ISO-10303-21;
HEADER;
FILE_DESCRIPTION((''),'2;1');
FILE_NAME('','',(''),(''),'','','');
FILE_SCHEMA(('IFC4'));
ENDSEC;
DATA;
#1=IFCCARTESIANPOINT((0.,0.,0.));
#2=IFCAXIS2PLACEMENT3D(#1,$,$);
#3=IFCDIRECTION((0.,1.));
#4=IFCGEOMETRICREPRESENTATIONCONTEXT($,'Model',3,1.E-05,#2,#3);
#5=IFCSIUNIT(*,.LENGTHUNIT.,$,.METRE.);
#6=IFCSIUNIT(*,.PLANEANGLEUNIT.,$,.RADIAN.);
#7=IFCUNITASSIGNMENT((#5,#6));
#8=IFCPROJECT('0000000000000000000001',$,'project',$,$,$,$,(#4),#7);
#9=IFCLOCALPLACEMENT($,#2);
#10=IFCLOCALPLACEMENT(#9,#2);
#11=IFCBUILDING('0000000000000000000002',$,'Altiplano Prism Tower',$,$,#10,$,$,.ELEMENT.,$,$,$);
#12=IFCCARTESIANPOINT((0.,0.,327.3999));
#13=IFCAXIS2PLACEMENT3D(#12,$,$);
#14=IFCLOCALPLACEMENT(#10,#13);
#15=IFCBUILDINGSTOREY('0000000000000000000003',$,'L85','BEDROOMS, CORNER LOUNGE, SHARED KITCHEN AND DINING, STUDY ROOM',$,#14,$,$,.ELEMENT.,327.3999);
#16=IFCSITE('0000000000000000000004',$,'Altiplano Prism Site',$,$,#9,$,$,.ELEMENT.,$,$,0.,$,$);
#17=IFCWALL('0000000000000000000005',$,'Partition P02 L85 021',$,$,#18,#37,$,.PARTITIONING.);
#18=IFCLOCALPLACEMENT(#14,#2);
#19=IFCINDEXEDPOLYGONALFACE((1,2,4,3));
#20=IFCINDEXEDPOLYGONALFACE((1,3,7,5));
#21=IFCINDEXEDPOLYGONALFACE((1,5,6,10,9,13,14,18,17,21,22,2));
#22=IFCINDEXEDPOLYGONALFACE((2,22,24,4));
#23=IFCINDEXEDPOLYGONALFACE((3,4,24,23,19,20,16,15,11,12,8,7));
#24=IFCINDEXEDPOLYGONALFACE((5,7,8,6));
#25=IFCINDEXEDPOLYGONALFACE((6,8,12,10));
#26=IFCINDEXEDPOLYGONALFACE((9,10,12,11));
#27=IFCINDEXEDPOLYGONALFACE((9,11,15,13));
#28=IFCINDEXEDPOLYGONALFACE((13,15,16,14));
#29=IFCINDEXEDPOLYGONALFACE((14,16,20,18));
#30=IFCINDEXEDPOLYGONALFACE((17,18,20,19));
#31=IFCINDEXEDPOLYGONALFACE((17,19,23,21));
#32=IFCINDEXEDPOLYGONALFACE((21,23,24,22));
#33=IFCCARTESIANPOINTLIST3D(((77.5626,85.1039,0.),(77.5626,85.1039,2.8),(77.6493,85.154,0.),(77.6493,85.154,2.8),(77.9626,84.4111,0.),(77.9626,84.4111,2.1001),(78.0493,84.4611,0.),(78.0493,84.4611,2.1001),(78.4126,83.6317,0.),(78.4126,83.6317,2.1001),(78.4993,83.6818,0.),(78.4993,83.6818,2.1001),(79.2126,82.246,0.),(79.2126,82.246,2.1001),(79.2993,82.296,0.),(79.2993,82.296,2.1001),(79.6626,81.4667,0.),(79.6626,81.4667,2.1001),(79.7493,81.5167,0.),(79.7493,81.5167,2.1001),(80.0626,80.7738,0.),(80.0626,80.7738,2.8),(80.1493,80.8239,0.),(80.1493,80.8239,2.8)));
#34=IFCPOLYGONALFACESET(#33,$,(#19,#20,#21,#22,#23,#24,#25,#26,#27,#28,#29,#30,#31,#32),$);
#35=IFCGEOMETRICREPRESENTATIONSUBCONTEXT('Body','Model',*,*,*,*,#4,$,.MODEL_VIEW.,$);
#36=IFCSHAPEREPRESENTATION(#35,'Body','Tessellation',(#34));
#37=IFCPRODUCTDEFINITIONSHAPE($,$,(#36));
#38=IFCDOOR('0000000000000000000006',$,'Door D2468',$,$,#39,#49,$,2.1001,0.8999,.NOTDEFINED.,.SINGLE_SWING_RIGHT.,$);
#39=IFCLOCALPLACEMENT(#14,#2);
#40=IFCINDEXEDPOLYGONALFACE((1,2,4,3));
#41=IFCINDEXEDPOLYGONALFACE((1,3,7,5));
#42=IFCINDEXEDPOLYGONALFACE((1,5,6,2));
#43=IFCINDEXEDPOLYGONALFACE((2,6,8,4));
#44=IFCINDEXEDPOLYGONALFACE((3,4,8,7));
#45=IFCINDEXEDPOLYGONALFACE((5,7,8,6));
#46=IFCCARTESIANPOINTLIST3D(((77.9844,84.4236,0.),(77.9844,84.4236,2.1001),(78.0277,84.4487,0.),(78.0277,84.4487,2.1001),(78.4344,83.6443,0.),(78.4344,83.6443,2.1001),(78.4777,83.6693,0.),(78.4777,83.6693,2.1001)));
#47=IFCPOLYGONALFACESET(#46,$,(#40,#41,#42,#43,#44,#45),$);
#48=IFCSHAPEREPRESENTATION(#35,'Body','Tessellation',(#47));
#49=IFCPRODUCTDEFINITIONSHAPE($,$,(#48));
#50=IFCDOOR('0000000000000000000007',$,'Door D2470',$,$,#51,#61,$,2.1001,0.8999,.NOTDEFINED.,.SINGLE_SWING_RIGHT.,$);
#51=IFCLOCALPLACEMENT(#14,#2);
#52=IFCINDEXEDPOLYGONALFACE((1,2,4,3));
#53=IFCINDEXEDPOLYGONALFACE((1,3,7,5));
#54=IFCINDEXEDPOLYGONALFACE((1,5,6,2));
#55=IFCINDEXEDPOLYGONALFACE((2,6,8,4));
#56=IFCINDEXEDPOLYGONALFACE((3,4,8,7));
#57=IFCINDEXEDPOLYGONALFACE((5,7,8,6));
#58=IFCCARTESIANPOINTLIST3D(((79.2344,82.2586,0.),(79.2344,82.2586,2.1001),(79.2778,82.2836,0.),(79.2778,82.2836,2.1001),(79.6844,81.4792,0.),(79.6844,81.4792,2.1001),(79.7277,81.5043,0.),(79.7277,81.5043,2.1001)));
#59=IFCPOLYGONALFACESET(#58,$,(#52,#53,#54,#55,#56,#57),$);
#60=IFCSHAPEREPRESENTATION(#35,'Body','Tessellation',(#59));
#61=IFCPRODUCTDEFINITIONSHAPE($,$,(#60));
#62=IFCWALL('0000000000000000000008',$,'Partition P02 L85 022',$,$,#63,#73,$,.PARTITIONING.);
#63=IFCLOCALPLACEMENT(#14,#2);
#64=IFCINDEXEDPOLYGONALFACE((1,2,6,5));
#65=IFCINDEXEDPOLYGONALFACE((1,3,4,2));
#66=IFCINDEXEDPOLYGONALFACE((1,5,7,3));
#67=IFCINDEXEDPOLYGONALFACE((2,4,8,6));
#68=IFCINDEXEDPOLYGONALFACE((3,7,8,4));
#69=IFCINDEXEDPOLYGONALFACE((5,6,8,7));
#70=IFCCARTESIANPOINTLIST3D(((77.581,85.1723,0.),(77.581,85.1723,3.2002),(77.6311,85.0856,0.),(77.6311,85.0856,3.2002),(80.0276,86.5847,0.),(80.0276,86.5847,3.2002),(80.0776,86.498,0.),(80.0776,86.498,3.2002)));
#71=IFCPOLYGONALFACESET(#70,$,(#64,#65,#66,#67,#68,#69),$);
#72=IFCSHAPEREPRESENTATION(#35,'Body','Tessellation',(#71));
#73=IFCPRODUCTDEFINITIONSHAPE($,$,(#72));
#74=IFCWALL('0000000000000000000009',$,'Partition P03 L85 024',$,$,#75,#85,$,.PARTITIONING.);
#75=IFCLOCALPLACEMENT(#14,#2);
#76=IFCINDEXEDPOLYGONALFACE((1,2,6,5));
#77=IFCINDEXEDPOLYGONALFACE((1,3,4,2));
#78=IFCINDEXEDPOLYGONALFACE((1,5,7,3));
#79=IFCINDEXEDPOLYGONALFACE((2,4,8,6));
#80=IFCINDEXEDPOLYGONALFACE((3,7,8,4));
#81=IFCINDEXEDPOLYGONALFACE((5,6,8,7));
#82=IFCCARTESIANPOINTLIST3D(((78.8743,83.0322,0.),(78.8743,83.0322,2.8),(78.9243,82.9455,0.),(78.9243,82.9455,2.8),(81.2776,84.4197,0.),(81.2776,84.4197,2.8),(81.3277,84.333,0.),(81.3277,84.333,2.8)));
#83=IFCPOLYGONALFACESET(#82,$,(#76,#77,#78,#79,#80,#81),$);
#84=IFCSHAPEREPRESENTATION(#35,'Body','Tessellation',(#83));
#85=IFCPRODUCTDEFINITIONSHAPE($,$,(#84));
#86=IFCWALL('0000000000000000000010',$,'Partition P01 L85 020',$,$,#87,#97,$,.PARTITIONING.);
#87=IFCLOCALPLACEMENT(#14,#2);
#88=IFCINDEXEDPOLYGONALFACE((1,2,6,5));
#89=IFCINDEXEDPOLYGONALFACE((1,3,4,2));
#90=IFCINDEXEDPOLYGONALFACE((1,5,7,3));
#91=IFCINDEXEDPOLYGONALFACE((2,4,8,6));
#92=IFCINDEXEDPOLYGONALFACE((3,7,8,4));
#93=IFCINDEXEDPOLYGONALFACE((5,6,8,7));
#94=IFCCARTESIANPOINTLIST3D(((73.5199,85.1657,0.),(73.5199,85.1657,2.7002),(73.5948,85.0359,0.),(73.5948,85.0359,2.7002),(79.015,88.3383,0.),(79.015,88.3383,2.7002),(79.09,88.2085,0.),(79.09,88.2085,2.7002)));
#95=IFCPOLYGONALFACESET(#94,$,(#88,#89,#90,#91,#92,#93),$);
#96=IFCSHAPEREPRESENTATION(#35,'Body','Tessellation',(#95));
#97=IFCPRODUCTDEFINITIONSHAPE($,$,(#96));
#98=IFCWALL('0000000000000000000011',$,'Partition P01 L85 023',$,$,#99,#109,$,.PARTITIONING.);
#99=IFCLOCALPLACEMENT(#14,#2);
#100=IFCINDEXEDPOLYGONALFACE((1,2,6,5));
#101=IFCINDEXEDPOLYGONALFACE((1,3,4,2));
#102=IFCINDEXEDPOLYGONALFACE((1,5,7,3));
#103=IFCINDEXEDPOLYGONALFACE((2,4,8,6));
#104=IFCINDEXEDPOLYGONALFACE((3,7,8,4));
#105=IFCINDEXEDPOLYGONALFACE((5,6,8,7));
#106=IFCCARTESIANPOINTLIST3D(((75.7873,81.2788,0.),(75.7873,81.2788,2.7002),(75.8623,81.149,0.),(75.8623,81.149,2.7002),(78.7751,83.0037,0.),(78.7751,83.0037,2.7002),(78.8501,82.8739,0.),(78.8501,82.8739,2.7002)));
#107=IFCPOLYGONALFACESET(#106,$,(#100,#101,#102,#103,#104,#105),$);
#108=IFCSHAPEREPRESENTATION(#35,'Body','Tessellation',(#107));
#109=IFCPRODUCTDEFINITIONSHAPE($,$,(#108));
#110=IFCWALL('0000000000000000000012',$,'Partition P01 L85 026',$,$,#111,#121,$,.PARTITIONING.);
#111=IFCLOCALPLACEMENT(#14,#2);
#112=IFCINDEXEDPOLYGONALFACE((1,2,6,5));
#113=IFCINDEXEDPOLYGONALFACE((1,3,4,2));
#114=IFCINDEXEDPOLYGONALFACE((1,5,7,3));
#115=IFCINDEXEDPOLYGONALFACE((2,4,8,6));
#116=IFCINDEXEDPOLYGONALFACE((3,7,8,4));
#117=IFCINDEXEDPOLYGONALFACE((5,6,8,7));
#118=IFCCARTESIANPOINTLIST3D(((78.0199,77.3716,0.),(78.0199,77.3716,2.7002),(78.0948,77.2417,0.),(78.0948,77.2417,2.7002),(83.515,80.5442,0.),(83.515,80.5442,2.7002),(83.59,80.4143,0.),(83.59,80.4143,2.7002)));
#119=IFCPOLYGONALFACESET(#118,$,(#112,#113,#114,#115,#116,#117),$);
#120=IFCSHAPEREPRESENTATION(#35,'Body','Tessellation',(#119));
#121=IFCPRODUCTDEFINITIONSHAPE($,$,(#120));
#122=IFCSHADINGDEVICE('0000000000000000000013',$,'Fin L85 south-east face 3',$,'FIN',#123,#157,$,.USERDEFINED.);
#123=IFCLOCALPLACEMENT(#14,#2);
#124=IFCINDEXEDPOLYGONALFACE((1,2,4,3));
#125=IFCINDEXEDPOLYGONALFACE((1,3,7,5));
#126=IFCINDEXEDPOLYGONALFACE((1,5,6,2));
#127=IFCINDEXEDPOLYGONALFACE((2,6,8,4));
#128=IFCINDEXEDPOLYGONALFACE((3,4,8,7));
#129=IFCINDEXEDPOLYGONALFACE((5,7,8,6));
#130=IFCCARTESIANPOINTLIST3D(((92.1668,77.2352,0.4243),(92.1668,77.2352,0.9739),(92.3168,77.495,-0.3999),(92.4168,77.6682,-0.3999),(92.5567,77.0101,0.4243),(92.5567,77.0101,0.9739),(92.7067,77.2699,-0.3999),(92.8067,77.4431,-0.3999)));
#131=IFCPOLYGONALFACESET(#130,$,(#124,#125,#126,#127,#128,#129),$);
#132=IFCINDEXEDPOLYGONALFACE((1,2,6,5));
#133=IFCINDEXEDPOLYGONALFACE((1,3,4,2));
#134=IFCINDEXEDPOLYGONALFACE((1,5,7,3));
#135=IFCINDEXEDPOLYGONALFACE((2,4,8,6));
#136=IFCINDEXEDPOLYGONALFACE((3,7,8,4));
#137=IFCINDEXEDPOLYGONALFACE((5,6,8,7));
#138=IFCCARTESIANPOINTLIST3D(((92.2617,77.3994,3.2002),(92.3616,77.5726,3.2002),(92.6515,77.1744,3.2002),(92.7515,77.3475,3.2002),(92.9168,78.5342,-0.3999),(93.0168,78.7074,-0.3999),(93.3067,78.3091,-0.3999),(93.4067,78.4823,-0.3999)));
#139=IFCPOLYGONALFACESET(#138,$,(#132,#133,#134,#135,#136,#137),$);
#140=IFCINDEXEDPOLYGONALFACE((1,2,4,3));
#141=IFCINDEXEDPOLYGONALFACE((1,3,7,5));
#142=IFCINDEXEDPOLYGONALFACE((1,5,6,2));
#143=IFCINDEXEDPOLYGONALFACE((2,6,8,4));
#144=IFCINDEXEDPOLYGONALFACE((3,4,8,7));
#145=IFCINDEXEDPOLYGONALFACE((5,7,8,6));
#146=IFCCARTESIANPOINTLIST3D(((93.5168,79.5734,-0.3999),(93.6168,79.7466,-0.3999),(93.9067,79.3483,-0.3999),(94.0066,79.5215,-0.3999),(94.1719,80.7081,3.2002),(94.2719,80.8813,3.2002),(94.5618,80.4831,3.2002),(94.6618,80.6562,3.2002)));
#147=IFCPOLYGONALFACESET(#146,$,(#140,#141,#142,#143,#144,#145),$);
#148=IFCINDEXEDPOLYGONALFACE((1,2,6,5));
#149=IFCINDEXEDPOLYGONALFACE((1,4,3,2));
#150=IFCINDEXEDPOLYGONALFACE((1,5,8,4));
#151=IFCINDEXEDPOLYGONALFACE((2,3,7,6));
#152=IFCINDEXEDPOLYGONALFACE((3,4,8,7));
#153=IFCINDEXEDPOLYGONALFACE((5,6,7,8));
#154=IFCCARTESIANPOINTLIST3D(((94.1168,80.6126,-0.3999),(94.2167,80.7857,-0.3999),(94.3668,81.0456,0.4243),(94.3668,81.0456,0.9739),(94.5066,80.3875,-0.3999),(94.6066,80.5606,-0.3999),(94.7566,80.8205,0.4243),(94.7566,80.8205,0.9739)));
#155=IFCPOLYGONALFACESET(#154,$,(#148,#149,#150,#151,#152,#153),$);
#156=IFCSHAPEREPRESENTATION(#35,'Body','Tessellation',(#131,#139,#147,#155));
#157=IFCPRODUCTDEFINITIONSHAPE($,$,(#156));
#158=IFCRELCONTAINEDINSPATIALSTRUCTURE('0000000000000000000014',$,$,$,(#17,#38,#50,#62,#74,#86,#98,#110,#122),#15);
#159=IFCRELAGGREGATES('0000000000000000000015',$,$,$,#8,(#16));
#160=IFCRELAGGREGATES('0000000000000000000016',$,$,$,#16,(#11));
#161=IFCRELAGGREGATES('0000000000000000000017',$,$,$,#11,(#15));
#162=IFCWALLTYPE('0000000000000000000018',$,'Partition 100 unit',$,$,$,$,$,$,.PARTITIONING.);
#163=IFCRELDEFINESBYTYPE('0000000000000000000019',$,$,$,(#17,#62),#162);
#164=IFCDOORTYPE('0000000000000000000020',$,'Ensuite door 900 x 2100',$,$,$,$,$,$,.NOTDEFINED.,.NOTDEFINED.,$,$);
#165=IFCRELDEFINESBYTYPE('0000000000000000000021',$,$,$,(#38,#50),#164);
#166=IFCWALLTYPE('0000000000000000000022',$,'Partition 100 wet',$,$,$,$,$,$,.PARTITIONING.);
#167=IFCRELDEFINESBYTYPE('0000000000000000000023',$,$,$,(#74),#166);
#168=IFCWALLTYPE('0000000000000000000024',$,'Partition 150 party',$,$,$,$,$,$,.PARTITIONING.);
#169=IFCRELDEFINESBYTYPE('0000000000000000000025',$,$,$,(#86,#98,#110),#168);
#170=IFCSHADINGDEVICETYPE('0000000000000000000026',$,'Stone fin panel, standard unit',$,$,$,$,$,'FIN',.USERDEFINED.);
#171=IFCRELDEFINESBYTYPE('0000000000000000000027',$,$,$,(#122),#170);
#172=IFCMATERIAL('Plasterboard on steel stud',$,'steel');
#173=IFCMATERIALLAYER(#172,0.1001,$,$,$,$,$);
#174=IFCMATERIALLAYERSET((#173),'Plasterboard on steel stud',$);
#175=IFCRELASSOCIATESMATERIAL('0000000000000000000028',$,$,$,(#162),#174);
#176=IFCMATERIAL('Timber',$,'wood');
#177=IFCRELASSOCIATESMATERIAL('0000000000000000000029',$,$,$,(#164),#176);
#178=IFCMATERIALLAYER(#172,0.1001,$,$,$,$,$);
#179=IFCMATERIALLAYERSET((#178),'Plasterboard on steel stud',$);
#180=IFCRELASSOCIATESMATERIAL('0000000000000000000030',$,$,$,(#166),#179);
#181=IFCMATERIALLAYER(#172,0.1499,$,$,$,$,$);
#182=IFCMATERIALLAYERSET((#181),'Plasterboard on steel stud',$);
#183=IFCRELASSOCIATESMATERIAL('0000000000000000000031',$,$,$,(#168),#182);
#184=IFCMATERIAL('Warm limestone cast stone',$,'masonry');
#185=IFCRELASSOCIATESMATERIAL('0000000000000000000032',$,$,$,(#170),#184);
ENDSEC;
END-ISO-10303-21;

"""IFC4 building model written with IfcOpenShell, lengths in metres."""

from ifc_helpers import new_model, si_unit, direction, frame, frame_2d, origin, place, context, subcontext, project, spatial, polyline, rectangle, outline, extrude, source, transform, mapped, material, layer, layer_set, type_object, element, fill, save


model = new_model("IFC4")

# Units and contexts
model_context = context("Model", 3, precision=1e-05, world=origin(), true_north=direction((0.0, 1.0)))
body_context = subcontext(model_context, "Body", "Model", "MODEL_VIEW")
ifc_project = project(units=[si_unit("LENGTHUNIT", "METRE"), si_unit("PLANEANGLEUNIT", "RADIAN")], contexts=[model_context])

# Site, building, storey
site_placement = place(None, origin())
site = spatial("IfcSite", under=ifc_project, at=site_placement, Name="Altiplano Prism Site", CompositionType="ELEMENT", RefElevation=0.0)
building_placement = place(site_placement, origin())
building = spatial("IfcBuilding", under=site, at=building_placement, Name="Altiplano Prism Tower", CompositionType="ELEMENT")
storey_placement = place(building_placement, frame((0.0, 0.0, 327.3999)))
storey = spatial("IfcBuildingStorey", under=building, at=storey_placement, Name="L85", Description="BEDROOMS, CORNER LOUNGE, SHARED KITCHEN AND DINING, STUDY ROOM", CompositionType="ELEMENT", Elevation=327.3999)

# Wall, openings, doors
ifc_material_1 = material(Name="Plasterboard on steel stud", Category="steel")
ifc_layer_1 = layer(ifc_material_1, 0.1001)
ifc_layer_set_1 = layer_set([ifc_layer_1], Name="Plasterboard on steel stud")
wall_type_1 = type_object("IfcWallType", Name="Partition 100 unit", PredefinedType="PARTITIONING", material=ifc_layer_set_1)
wall_1_placement = place(storey_placement, frame((80.106, 80.7988, 0.0), z_axis=(0.0, 0.0, 1.0), x_axis=(-0.500004, 0.866023, 0.0)))
wall_1 = element("IfcWall", 1, at=wall_1_placement, inside=storey, type_object=wall_type_1, Name="Partition P02 L85 021", PredefinedType="PARTITIONING", context=body_context, shape_type="SweptSolid", body=[
    extrude(rectangle(XDim=5.0, YDim=0.1001, at=frame_2d((2.5, 0.0))), origin(), (0.0, 0.0, 1.0), 2.8),
])
opening_1_placement = place(wall_1_placement, frame((3.3, 0.0, 0.0)))
opening_1 = element("IfcOpeningElement", 2, at=opening_1_placement, cuts=wall_1, PredefinedType="OPENING", context=body_context, shape_type="SweptSolid", body=[
    extrude(rectangle(XDim=0.8999, YDim=2.1001, at=frame_2d((0.45, 1.05))), frame((0.0, 0.0605, 0.0), z_axis=(0.0, -1.0, 0.0), x_axis=(1.0, 0.0, 0.0)), (0.0, 0.0, 1.0), 0.1211),
])
opening_2_placement = place(wall_1_placement, frame((0.8, 0.0, 0.0)))
opening_2 = element("IfcOpeningElement", 3, at=opening_2_placement, cuts=wall_1, PredefinedType="OPENING", context=body_context, shape_type="SweptSolid", body=[
    extrude(rectangle(XDim=0.8999, YDim=2.1001, at=frame_2d((0.45, 1.05))), frame((0.0, 0.0605, 0.0), z_axis=(0.0, -1.0, 0.0), x_axis=(1.0, 0.0, 0.0)), (0.0, 0.0, 1.0), 0.1211),
])
ifc_material_2 = material(Name="Timber", Category="wood")
door_type = type_object("IfcDoorType", Name="Ensuite door 900 x 2100", OperationType="NOTDEFINED", PredefinedType="NOTDEFINED", material=ifc_material_2)
door_1_placement = place(opening_1_placement, origin())
door_1 = element("IfcDoor", 4, at=door_1_placement, inside=storey, type_object=door_type, Name="Door D2468", OperationType="SINGLE_SWING_RIGHT", OverallHeight=2.1001, OverallWidth=0.8999, PredefinedType="NOTDEFINED", context=body_context, shape_type="SweptSolid", body=[
    extrude(rectangle(XDim=0.8999, YDim=2.1001, at=frame_2d((0.45, 1.05))), frame((0.0, 0.0249, 0.0), z_axis=(0.0, -1.0, 0.0), x_axis=(1.0, 0.0, 0.0)), (0.0, 0.0, 1.0), 0.05),
])
fill(opening_1, door_1)
door_2_placement = place(opening_2_placement, origin())
door_2 = element("IfcDoor", 5, at=door_2_placement, inside=storey, type_object=door_type, Name="Door D2470", OperationType="SINGLE_SWING_RIGHT", OverallHeight=2.1001, OverallWidth=0.8999, PredefinedType="NOTDEFINED", context=body_context, shape_type="SweptSolid", body=[
    extrude(rectangle(XDim=0.8999, YDim=2.1001, at=frame_2d((0.45, 1.05))), frame((0.0, 0.0249, 0.0), z_axis=(0.0, -1.0, 0.0), x_axis=(1.0, 0.0, 0.0)), (0.0, 0.0, 1.0), 0.05),
])
fill(opening_2, door_2)

# Walls
wall_2_placement = place(storey_placement, frame((77.606, 85.1289, 0.0), z_axis=(0.0, 0.0, 1.0), x_axis=(0.866049, 0.499959, 0.0)))
element("IfcWall", 6, at=wall_2_placement, inside=storey, type_object=wall_type_1, Name="Partition P02 L85 022", PredefinedType="PARTITIONING", context=body_context, shape_type="SweptSolid", body=[
    extrude(rectangle(XDim=2.825, YDim=0.1001, at=frame_2d((1.4126, 0.0))), origin(), (0.0, 0.0, 1.0), 3.2002),
])
ifc_layer_2 = layer(ifc_material_1, 0.1001)
ifc_layer_set_2 = layer_set([ifc_layer_2], Name="Plasterboard on steel stud")
wall_type_2 = type_object("IfcWallType", Name="Partition 100 wet", PredefinedType="PARTITIONING", material=ifc_layer_set_2)
wall_3_placement = place(storey_placement, frame((78.8992, 82.9888, 0.0), z_axis=(0.0, 0.0, 1.0), x_axis=(0.866042, 0.499971, 0.0)))
element("IfcWall", 7, at=wall_3_placement, inside=storey, type_object=wall_type_2, Name="Partition P03 L85 024", PredefinedType="PARTITIONING", context=body_context, shape_type="SweptSolid", body=[
    extrude(rectangle(XDim=2.7751, YDim=0.1001, at=frame_2d((1.3877, 0.0))), origin(), (0.0, 0.0, 1.0), 2.8),
])
ifc_layer_3 = layer(ifc_material_1, 0.1499)
ifc_layer_set_3 = layer_set([ifc_layer_3], Name="Plasterboard on steel stud")
wall_type_3 = type_object("IfcWallType", Name="Partition 150 party", PredefinedType="PARTITIONING", material=ifc_layer_set_3)
wall_4_placement = place(storey_placement, frame((73.5574, 85.1008, 0.0), z_axis=(0.0, 0.0, 1.0), x_axis=(0.866025, 0.5, 0.0)))
element("IfcWall", 8, at=wall_4_placement, inside=storey, type_object=wall_type_3, Name="Partition P01 L85 020", PredefinedType="PARTITIONING", context=body_context, shape_type="SweptSolid", body=[
    extrude(rectangle(XDim=6.3452, YDim=0.1499, at=frame_2d((3.1726, 0.0))), origin(), (0.0, 0.0, 1.0), 2.7002),
])
wall_5_placement = place(storey_placement, frame((75.8247, 81.2139, 0.0), z_axis=(0.0, 0.0, 1.0), x_axis=(0.866044, 0.499967, 0.0)))
element("IfcWall", 9, at=wall_5_placement, inside=storey, type_object=wall_type_3, Name="Partition P01 L85 023", PredefinedType="PARTITIONING", context=body_context, shape_type="SweptSolid", body=[
    extrude(rectangle(XDim=3.45, YDim=0.1499, at=frame_2d((1.7251, 0.0))), origin(), (0.0, 0.0, 1.0), 2.7002),
])
wall_6_placement = place(storey_placement, frame((78.0574, 77.3066, 0.0), z_axis=(0.0, 0.0, 1.0), x_axis=(0.866025, 0.5, 0.0)))
element("IfcWall", 10, at=wall_6_placement, inside=storey, type_object=wall_type_3, Name="Partition P01 L85 026", PredefinedType="PARTITIONING", context=body_context, shape_type="SweptSolid", body=[
    extrude(rectangle(XDim=6.3452, YDim=0.1499, at=frame_2d((3.1726, 0.0))), origin(), (0.0, 0.0, 1.0), 2.7002),
])

# Shading device
ifc_material_3 = material(Name="Warm limestone cast stone", Category="masonry")
shading_device_type_1 = type_object("IfcShadingDeviceType", Name="Stone fin panel, standard unit", ElementType="FIN", PredefinedType="USERDEFINED", material=ifc_material_3)
shared_shape_1 = source(origin(), body_context, "Body", "SweptSolid", [
    extrude(outline(polyline([(-2.2, 1.3738), (-2.2, 0.8242), (-1.8999, 0.0), (-1.7, 0.0), (-2.2, 1.3738)])), frame((0.0, -0.1499, 0.0), z_axis=(0.0, -1.0, 0.0), x_axis=(1.0, 0.0, 0.0)), (0.0, 0.0, 1.0), 0.4502),
    extrude(outline(polyline([(-2.0103, 3.6001), (-0.7, 0.0), (-0.5, 0.0), (-1.8103, 3.6001), (-2.0103, 3.6001)])), frame((0.0, -0.1499, 0.0), z_axis=(0.0, -1.0, 0.0), x_axis=(1.0, 0.0, 0.0)), (0.0, 0.0, 1.0), 0.4502),
    extrude(outline(polyline([(1.8103, 3.6001), (0.5, 0.0), (0.7, 0.0), (2.0103, 3.6001), (1.8103, 3.6001)])), frame((0.0, -0.1499, 0.0), z_axis=(0.0, -1.0, 0.0), x_axis=(1.0, 0.0, 0.0)), (0.0, 0.0, 1.0), 0.4502),
    extrude(outline(polyline([(2.2, 0.8242), (2.2, 1.3738), (1.7, 0.0), (1.8999, 0.0), (2.2, 0.8242)])), frame((0.0, -0.1499, 0.0), z_axis=(0.0, -1.0, 0.0), x_axis=(1.0, 0.0, 0.0)), (0.0, 0.0, 1.0), 0.4502),
])
shading_device_1_placement = place(storey_placement, origin())
element("IfcShadingDevice", 11, at=shading_device_1_placement, inside=storey, type_object=shading_device_type_1, Name="Fin L85 south-east face 3", ObjectType="FIN", PredefinedType="USERDEFINED", context=body_context, shape_type="MappedRepresentation", body=[
    mapped(shared_shape_1, transform((93.137, 79.2153, -0.3999), x_axis=(0.5, 0.866025, 0.0), y_axis=(-0.866025, 0.5, 0.0), z_axis=(0.0, 0.0, 1.0))),
])

save(model, "model.ifc")
